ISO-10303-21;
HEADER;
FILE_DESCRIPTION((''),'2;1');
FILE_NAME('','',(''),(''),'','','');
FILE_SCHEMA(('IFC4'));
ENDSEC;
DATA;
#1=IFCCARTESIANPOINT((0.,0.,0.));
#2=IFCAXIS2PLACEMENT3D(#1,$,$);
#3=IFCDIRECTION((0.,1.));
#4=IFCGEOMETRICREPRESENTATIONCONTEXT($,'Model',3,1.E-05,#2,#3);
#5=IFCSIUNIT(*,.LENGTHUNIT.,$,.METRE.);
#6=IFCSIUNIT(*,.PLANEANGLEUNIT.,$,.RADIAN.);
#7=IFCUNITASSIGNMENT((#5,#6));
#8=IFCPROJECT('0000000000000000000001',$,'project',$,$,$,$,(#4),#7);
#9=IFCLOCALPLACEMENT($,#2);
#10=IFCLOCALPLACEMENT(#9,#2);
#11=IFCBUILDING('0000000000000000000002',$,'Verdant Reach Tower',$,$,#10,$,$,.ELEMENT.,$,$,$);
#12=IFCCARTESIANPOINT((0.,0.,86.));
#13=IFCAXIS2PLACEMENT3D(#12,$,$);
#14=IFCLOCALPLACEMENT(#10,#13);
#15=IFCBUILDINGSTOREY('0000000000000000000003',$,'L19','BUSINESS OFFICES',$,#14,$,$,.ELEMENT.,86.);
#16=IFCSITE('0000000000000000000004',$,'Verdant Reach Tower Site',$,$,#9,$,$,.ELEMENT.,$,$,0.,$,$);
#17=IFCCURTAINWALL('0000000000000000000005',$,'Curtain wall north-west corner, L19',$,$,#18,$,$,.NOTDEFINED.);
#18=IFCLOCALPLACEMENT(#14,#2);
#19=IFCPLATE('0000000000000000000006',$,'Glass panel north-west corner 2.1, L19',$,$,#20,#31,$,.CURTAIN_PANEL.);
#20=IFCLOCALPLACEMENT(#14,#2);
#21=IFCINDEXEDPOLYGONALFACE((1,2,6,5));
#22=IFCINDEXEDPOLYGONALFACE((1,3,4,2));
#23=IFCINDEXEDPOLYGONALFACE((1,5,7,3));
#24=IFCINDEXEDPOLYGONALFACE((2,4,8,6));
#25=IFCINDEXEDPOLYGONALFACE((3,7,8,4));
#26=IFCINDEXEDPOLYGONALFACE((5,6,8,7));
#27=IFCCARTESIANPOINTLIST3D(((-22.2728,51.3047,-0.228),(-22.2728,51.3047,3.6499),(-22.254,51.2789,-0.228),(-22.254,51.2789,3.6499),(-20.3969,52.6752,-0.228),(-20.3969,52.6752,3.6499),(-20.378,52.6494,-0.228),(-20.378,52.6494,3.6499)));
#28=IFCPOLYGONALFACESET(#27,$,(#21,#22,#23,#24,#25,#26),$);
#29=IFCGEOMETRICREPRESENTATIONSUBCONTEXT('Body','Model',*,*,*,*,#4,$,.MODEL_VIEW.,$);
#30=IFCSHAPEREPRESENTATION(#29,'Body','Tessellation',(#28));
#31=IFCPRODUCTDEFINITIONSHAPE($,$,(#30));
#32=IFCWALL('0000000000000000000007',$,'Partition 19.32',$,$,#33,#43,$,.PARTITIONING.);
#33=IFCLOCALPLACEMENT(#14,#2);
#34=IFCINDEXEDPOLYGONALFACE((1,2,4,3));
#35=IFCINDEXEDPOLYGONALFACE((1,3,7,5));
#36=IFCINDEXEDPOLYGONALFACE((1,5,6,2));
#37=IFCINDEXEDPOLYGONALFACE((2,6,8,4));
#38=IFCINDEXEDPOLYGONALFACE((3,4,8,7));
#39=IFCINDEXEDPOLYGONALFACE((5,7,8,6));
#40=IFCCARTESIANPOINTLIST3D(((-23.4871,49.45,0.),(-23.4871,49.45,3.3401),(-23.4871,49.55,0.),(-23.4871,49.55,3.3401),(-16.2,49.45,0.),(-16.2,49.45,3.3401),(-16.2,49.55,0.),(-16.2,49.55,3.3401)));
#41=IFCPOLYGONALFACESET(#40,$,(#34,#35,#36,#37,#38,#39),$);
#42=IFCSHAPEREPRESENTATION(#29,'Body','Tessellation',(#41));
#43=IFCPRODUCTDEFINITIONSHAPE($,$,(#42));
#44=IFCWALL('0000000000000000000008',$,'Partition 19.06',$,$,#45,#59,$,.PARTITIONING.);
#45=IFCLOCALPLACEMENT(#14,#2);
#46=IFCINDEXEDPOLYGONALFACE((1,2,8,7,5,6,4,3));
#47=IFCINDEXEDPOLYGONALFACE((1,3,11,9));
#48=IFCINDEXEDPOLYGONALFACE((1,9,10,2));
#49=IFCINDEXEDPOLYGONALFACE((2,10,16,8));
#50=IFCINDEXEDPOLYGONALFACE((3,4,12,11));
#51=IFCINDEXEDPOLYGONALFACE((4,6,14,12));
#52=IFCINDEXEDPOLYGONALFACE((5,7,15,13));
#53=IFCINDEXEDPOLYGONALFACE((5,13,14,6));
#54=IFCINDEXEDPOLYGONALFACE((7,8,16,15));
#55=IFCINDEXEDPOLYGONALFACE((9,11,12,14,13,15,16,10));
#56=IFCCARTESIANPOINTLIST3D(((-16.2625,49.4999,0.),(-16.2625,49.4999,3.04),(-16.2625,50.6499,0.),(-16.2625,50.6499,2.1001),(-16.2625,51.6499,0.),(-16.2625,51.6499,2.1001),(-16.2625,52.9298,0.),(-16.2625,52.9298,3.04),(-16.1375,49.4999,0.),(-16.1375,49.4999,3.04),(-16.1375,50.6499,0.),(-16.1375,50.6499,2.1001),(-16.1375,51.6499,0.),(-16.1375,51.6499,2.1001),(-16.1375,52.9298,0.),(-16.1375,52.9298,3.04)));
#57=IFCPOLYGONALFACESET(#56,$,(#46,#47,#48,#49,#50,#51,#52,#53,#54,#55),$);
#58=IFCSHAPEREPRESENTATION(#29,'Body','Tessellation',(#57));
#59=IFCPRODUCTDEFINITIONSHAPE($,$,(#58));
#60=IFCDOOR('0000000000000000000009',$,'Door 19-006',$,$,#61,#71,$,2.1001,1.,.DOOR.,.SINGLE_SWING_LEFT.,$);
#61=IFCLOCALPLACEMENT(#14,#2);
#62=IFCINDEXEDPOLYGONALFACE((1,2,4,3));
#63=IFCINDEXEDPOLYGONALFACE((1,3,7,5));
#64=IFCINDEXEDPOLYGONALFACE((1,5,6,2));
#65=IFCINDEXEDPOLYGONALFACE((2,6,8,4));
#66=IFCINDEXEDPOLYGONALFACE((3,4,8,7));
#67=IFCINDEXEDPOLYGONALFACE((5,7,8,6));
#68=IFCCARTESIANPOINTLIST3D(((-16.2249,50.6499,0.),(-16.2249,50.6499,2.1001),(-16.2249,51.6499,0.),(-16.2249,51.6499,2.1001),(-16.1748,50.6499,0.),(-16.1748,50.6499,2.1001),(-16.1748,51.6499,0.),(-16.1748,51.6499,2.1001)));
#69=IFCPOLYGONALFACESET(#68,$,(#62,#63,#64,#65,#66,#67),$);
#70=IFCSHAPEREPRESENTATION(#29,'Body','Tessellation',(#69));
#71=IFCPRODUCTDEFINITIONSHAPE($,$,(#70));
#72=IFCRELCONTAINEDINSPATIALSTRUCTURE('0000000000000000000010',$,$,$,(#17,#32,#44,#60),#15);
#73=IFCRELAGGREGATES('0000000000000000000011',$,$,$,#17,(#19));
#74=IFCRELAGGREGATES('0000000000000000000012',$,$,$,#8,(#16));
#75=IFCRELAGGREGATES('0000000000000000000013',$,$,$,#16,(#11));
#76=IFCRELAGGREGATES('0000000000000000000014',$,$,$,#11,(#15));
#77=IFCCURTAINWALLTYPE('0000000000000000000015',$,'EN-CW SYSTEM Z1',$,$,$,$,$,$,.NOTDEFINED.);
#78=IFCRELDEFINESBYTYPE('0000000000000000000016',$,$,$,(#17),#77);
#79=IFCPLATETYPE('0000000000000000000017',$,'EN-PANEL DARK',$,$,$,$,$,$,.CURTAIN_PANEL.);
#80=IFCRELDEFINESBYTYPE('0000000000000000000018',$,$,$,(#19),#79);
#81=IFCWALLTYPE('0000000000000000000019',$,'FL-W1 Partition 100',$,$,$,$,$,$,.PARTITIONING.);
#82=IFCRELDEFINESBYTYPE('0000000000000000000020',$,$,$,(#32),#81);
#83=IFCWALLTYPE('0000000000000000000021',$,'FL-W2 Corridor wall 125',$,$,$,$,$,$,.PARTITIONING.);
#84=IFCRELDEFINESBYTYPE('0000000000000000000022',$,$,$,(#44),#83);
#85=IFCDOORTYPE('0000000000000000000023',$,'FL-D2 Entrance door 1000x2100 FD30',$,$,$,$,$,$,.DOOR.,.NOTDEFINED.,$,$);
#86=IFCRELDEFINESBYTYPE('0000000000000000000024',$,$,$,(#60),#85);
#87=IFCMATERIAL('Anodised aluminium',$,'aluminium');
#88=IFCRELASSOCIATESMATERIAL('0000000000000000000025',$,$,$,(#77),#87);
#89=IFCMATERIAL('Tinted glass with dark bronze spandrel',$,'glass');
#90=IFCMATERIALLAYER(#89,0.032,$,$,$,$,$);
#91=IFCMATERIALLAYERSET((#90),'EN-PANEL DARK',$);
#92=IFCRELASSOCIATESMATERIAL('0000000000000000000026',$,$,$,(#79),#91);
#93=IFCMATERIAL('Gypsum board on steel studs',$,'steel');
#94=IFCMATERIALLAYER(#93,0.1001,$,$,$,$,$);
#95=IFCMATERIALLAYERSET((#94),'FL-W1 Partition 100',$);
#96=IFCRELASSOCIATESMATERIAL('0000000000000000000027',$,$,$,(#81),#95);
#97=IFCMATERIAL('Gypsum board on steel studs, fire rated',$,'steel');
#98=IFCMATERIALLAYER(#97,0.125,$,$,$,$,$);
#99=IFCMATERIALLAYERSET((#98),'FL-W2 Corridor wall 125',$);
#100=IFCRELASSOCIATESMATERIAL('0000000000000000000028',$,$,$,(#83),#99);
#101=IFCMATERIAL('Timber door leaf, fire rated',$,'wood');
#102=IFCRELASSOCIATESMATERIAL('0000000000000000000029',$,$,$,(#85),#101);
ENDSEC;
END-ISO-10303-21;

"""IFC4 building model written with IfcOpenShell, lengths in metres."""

from ifc_helpers import new_model, si_unit, direction, frame, frame_2d, origin, origin_2d, place, context, subcontext, project, spatial, rectangle, extrude, material, layer, layer_set, type_object, element, fill, aggregate, save


model = new_model("IFC4")

# Units and contexts
model_context = context("Model", 3, precision=1e-05, world=origin(), true_north=direction((0.0, 1.0)))
body_context = subcontext(model_context, "Body", "Model", "MODEL_VIEW")
ifc_project = project(units=[si_unit("LENGTHUNIT", "METRE"), si_unit("PLANEANGLEUNIT", "RADIAN")], contexts=[model_context])

# Site, building, storey
site_placement = place(None, origin())
site = spatial("IfcSite", under=ifc_project, at=site_placement, Name="Verdant Reach Tower Site", CompositionType="ELEMENT", RefElevation=0.0)
building_placement = place(site_placement, origin())
building = spatial("IfcBuilding", under=site, at=building_placement, Name="Verdant Reach Tower", CompositionType="ELEMENT")
storey_placement = place(building_placement, frame((0.0, 0.0, 86.0)))
storey = spatial("IfcBuildingStorey", under=building, at=storey_placement, Name="L19", Description="BUSINESS OFFICES", CompositionType="ELEMENT", Elevation=86.0)

# Shared definitions
ifc_material_1 = material(Name="Anodised aluminium", Category="aluminium")
curtain_wall_type = type_object("IfcCurtainWallType", Name="EN-CW SYSTEM Z1", PredefinedType="NOTDEFINED", material=ifc_material_1)

# Curtain wall
curtain_wall_1_placement = place(storey_placement, origin())
curtain_wall_1 = element("IfcCurtainWall", 1, at=curtain_wall_1_placement, inside=storey, type_object=curtain_wall_type, Name="Curtain wall north-west corner, L19", PredefinedType="NOTDEFINED")

# Plate
ifc_material_2 = material(Name="Tinted glass with dark bronze spandrel", Category="glass")
ifc_layer_1 = layer(ifc_material_2, 0.032)
ifc_layer_set_1 = layer_set([ifc_layer_1], Name="EN-PANEL DARK")
plate_type_1 = type_object("IfcPlateType", Name="EN-PANEL DARK", PredefinedType="CURTAIN_PANEL", material=ifc_layer_set_1)
plate_1_placement = place(storey_placement, frame((-21.3254, 51.9771, -0.228), z_axis=(0.0, 0.0, 1.0), x_axis=(-0.807457, -0.589927, 0.0)))
plate_1 = element("IfcPlate", 2, at=plate_1_placement, type_object=plate_type_1, Name="Glass panel north-west corner 2.1, L19", PredefinedType="CURTAIN_PANEL", context=body_context, shape_type="SweptSolid", body=[
    extrude(rectangle(XDim=2.3232, YDim=0.032, at=origin_2d()), origin(), (0.0, 0.0, 1.0), 3.8779),
])
aggregate(curtain_wall_1, [plate_1])

# Wall
ifc_material_3 = material(Name="Gypsum board on steel studs", Category="steel")
ifc_layer_2 = layer(ifc_material_3, 0.1001)
ifc_layer_set_2 = layer_set([ifc_layer_2], Name="FL-W1 Partition 100")
wall_type_1 = type_object("IfcWallType", Name="FL-W1 Partition 100", PredefinedType="PARTITIONING", material=ifc_layer_set_2)
wall_1_placement = place(storey_placement, frame((-16.2, 49.5, 0.0), z_axis=(0.0, 0.0, 1.0), x_axis=(-1.0, 0.0, 0.0)))
element("IfcWall", 3, at=wall_1_placement, inside=storey, type_object=wall_type_1, Name="Partition 19.32", PredefinedType="PARTITIONING", context=body_context, shape_type="SweptSolid", body=[
    extrude(rectangle(XDim=7.2871, YDim=0.1001, at=frame_2d((3.6436, 0.0))), origin(), (0.0, 0.0, 1.0), 3.3401),
])

# Wall, opening, door
ifc_material_4 = material(Name="Gypsum board on steel studs, fire rated", Category="steel")
ifc_layer_3 = layer(ifc_material_4, 0.125)
ifc_layer_set_3 = layer_set([ifc_layer_3], Name="FL-W2 Corridor wall 125")
wall_type_2 = type_object("IfcWallType", Name="FL-W2 Corridor wall 125", PredefinedType="PARTITIONING", material=ifc_layer_set_3)
wall_2_placement = place(storey_placement, frame((-16.2, 49.5, 0.0), z_axis=(0.0, 0.0, 1.0), x_axis=(0.0, 1.0, 0.0)))
wall_2 = element("IfcWall", 4, at=wall_2_placement, inside=storey, type_object=wall_type_2, Name="Partition 19.06", PredefinedType="PARTITIONING", context=body_context, shape_type="SweptSolid", body=[
    extrude(rectangle(XDim=3.4299, YDim=0.125, at=frame_2d((1.7148, 0.0))), origin(), (0.0, 0.0, 1.0), 3.04),
])
opening_placement = place(wall_2_placement, frame((1.1499, 0.0, 0.0)))
opening = element("IfcOpeningElement", 5, at=opening_placement, cuts=wall_2, PredefinedType="OPENING", context=body_context, shape_type="SweptSolid", body=[
    extrude(rectangle(XDim=1.0, YDim=2.1001, at=frame_2d((0.5, 1.05))), frame((0.0, 0.0725, 0.0), z_axis=(0.0, -1.0, 0.0), x_axis=(1.0, 0.0, 0.0)), (0.0, 0.0, 1.0), 0.145),
])
ifc_material_5 = material(Name="Timber door leaf, fire rated", Category="wood")
door_type = type_object("IfcDoorType", Name="FL-D2 Entrance door 1000x2100 FD30", OperationType="NOTDEFINED", PredefinedType="DOOR", material=ifc_material_5)
door_placement = place(opening_placement, origin())
door = element("IfcDoor", 6, at=door_placement, inside=storey, type_object=door_type, Name="Door 19-006", OperationType="SINGLE_SWING_LEFT", OverallHeight=2.1001, OverallWidth=1.0, PredefinedType="DOOR", context=body_context, shape_type="SweptSolid", body=[
    extrude(rectangle(XDim=1.0, YDim=2.1001, at=frame_2d((0.5, 1.05))), frame((0.0, 0.0249, 0.0), z_axis=(0.0, -1.0, 0.0), x_axis=(1.0, 0.0, 0.0)), (0.0, 0.0, 1.0), 0.05),
])
fill(opening, door)

save(model, "model.ifc")
